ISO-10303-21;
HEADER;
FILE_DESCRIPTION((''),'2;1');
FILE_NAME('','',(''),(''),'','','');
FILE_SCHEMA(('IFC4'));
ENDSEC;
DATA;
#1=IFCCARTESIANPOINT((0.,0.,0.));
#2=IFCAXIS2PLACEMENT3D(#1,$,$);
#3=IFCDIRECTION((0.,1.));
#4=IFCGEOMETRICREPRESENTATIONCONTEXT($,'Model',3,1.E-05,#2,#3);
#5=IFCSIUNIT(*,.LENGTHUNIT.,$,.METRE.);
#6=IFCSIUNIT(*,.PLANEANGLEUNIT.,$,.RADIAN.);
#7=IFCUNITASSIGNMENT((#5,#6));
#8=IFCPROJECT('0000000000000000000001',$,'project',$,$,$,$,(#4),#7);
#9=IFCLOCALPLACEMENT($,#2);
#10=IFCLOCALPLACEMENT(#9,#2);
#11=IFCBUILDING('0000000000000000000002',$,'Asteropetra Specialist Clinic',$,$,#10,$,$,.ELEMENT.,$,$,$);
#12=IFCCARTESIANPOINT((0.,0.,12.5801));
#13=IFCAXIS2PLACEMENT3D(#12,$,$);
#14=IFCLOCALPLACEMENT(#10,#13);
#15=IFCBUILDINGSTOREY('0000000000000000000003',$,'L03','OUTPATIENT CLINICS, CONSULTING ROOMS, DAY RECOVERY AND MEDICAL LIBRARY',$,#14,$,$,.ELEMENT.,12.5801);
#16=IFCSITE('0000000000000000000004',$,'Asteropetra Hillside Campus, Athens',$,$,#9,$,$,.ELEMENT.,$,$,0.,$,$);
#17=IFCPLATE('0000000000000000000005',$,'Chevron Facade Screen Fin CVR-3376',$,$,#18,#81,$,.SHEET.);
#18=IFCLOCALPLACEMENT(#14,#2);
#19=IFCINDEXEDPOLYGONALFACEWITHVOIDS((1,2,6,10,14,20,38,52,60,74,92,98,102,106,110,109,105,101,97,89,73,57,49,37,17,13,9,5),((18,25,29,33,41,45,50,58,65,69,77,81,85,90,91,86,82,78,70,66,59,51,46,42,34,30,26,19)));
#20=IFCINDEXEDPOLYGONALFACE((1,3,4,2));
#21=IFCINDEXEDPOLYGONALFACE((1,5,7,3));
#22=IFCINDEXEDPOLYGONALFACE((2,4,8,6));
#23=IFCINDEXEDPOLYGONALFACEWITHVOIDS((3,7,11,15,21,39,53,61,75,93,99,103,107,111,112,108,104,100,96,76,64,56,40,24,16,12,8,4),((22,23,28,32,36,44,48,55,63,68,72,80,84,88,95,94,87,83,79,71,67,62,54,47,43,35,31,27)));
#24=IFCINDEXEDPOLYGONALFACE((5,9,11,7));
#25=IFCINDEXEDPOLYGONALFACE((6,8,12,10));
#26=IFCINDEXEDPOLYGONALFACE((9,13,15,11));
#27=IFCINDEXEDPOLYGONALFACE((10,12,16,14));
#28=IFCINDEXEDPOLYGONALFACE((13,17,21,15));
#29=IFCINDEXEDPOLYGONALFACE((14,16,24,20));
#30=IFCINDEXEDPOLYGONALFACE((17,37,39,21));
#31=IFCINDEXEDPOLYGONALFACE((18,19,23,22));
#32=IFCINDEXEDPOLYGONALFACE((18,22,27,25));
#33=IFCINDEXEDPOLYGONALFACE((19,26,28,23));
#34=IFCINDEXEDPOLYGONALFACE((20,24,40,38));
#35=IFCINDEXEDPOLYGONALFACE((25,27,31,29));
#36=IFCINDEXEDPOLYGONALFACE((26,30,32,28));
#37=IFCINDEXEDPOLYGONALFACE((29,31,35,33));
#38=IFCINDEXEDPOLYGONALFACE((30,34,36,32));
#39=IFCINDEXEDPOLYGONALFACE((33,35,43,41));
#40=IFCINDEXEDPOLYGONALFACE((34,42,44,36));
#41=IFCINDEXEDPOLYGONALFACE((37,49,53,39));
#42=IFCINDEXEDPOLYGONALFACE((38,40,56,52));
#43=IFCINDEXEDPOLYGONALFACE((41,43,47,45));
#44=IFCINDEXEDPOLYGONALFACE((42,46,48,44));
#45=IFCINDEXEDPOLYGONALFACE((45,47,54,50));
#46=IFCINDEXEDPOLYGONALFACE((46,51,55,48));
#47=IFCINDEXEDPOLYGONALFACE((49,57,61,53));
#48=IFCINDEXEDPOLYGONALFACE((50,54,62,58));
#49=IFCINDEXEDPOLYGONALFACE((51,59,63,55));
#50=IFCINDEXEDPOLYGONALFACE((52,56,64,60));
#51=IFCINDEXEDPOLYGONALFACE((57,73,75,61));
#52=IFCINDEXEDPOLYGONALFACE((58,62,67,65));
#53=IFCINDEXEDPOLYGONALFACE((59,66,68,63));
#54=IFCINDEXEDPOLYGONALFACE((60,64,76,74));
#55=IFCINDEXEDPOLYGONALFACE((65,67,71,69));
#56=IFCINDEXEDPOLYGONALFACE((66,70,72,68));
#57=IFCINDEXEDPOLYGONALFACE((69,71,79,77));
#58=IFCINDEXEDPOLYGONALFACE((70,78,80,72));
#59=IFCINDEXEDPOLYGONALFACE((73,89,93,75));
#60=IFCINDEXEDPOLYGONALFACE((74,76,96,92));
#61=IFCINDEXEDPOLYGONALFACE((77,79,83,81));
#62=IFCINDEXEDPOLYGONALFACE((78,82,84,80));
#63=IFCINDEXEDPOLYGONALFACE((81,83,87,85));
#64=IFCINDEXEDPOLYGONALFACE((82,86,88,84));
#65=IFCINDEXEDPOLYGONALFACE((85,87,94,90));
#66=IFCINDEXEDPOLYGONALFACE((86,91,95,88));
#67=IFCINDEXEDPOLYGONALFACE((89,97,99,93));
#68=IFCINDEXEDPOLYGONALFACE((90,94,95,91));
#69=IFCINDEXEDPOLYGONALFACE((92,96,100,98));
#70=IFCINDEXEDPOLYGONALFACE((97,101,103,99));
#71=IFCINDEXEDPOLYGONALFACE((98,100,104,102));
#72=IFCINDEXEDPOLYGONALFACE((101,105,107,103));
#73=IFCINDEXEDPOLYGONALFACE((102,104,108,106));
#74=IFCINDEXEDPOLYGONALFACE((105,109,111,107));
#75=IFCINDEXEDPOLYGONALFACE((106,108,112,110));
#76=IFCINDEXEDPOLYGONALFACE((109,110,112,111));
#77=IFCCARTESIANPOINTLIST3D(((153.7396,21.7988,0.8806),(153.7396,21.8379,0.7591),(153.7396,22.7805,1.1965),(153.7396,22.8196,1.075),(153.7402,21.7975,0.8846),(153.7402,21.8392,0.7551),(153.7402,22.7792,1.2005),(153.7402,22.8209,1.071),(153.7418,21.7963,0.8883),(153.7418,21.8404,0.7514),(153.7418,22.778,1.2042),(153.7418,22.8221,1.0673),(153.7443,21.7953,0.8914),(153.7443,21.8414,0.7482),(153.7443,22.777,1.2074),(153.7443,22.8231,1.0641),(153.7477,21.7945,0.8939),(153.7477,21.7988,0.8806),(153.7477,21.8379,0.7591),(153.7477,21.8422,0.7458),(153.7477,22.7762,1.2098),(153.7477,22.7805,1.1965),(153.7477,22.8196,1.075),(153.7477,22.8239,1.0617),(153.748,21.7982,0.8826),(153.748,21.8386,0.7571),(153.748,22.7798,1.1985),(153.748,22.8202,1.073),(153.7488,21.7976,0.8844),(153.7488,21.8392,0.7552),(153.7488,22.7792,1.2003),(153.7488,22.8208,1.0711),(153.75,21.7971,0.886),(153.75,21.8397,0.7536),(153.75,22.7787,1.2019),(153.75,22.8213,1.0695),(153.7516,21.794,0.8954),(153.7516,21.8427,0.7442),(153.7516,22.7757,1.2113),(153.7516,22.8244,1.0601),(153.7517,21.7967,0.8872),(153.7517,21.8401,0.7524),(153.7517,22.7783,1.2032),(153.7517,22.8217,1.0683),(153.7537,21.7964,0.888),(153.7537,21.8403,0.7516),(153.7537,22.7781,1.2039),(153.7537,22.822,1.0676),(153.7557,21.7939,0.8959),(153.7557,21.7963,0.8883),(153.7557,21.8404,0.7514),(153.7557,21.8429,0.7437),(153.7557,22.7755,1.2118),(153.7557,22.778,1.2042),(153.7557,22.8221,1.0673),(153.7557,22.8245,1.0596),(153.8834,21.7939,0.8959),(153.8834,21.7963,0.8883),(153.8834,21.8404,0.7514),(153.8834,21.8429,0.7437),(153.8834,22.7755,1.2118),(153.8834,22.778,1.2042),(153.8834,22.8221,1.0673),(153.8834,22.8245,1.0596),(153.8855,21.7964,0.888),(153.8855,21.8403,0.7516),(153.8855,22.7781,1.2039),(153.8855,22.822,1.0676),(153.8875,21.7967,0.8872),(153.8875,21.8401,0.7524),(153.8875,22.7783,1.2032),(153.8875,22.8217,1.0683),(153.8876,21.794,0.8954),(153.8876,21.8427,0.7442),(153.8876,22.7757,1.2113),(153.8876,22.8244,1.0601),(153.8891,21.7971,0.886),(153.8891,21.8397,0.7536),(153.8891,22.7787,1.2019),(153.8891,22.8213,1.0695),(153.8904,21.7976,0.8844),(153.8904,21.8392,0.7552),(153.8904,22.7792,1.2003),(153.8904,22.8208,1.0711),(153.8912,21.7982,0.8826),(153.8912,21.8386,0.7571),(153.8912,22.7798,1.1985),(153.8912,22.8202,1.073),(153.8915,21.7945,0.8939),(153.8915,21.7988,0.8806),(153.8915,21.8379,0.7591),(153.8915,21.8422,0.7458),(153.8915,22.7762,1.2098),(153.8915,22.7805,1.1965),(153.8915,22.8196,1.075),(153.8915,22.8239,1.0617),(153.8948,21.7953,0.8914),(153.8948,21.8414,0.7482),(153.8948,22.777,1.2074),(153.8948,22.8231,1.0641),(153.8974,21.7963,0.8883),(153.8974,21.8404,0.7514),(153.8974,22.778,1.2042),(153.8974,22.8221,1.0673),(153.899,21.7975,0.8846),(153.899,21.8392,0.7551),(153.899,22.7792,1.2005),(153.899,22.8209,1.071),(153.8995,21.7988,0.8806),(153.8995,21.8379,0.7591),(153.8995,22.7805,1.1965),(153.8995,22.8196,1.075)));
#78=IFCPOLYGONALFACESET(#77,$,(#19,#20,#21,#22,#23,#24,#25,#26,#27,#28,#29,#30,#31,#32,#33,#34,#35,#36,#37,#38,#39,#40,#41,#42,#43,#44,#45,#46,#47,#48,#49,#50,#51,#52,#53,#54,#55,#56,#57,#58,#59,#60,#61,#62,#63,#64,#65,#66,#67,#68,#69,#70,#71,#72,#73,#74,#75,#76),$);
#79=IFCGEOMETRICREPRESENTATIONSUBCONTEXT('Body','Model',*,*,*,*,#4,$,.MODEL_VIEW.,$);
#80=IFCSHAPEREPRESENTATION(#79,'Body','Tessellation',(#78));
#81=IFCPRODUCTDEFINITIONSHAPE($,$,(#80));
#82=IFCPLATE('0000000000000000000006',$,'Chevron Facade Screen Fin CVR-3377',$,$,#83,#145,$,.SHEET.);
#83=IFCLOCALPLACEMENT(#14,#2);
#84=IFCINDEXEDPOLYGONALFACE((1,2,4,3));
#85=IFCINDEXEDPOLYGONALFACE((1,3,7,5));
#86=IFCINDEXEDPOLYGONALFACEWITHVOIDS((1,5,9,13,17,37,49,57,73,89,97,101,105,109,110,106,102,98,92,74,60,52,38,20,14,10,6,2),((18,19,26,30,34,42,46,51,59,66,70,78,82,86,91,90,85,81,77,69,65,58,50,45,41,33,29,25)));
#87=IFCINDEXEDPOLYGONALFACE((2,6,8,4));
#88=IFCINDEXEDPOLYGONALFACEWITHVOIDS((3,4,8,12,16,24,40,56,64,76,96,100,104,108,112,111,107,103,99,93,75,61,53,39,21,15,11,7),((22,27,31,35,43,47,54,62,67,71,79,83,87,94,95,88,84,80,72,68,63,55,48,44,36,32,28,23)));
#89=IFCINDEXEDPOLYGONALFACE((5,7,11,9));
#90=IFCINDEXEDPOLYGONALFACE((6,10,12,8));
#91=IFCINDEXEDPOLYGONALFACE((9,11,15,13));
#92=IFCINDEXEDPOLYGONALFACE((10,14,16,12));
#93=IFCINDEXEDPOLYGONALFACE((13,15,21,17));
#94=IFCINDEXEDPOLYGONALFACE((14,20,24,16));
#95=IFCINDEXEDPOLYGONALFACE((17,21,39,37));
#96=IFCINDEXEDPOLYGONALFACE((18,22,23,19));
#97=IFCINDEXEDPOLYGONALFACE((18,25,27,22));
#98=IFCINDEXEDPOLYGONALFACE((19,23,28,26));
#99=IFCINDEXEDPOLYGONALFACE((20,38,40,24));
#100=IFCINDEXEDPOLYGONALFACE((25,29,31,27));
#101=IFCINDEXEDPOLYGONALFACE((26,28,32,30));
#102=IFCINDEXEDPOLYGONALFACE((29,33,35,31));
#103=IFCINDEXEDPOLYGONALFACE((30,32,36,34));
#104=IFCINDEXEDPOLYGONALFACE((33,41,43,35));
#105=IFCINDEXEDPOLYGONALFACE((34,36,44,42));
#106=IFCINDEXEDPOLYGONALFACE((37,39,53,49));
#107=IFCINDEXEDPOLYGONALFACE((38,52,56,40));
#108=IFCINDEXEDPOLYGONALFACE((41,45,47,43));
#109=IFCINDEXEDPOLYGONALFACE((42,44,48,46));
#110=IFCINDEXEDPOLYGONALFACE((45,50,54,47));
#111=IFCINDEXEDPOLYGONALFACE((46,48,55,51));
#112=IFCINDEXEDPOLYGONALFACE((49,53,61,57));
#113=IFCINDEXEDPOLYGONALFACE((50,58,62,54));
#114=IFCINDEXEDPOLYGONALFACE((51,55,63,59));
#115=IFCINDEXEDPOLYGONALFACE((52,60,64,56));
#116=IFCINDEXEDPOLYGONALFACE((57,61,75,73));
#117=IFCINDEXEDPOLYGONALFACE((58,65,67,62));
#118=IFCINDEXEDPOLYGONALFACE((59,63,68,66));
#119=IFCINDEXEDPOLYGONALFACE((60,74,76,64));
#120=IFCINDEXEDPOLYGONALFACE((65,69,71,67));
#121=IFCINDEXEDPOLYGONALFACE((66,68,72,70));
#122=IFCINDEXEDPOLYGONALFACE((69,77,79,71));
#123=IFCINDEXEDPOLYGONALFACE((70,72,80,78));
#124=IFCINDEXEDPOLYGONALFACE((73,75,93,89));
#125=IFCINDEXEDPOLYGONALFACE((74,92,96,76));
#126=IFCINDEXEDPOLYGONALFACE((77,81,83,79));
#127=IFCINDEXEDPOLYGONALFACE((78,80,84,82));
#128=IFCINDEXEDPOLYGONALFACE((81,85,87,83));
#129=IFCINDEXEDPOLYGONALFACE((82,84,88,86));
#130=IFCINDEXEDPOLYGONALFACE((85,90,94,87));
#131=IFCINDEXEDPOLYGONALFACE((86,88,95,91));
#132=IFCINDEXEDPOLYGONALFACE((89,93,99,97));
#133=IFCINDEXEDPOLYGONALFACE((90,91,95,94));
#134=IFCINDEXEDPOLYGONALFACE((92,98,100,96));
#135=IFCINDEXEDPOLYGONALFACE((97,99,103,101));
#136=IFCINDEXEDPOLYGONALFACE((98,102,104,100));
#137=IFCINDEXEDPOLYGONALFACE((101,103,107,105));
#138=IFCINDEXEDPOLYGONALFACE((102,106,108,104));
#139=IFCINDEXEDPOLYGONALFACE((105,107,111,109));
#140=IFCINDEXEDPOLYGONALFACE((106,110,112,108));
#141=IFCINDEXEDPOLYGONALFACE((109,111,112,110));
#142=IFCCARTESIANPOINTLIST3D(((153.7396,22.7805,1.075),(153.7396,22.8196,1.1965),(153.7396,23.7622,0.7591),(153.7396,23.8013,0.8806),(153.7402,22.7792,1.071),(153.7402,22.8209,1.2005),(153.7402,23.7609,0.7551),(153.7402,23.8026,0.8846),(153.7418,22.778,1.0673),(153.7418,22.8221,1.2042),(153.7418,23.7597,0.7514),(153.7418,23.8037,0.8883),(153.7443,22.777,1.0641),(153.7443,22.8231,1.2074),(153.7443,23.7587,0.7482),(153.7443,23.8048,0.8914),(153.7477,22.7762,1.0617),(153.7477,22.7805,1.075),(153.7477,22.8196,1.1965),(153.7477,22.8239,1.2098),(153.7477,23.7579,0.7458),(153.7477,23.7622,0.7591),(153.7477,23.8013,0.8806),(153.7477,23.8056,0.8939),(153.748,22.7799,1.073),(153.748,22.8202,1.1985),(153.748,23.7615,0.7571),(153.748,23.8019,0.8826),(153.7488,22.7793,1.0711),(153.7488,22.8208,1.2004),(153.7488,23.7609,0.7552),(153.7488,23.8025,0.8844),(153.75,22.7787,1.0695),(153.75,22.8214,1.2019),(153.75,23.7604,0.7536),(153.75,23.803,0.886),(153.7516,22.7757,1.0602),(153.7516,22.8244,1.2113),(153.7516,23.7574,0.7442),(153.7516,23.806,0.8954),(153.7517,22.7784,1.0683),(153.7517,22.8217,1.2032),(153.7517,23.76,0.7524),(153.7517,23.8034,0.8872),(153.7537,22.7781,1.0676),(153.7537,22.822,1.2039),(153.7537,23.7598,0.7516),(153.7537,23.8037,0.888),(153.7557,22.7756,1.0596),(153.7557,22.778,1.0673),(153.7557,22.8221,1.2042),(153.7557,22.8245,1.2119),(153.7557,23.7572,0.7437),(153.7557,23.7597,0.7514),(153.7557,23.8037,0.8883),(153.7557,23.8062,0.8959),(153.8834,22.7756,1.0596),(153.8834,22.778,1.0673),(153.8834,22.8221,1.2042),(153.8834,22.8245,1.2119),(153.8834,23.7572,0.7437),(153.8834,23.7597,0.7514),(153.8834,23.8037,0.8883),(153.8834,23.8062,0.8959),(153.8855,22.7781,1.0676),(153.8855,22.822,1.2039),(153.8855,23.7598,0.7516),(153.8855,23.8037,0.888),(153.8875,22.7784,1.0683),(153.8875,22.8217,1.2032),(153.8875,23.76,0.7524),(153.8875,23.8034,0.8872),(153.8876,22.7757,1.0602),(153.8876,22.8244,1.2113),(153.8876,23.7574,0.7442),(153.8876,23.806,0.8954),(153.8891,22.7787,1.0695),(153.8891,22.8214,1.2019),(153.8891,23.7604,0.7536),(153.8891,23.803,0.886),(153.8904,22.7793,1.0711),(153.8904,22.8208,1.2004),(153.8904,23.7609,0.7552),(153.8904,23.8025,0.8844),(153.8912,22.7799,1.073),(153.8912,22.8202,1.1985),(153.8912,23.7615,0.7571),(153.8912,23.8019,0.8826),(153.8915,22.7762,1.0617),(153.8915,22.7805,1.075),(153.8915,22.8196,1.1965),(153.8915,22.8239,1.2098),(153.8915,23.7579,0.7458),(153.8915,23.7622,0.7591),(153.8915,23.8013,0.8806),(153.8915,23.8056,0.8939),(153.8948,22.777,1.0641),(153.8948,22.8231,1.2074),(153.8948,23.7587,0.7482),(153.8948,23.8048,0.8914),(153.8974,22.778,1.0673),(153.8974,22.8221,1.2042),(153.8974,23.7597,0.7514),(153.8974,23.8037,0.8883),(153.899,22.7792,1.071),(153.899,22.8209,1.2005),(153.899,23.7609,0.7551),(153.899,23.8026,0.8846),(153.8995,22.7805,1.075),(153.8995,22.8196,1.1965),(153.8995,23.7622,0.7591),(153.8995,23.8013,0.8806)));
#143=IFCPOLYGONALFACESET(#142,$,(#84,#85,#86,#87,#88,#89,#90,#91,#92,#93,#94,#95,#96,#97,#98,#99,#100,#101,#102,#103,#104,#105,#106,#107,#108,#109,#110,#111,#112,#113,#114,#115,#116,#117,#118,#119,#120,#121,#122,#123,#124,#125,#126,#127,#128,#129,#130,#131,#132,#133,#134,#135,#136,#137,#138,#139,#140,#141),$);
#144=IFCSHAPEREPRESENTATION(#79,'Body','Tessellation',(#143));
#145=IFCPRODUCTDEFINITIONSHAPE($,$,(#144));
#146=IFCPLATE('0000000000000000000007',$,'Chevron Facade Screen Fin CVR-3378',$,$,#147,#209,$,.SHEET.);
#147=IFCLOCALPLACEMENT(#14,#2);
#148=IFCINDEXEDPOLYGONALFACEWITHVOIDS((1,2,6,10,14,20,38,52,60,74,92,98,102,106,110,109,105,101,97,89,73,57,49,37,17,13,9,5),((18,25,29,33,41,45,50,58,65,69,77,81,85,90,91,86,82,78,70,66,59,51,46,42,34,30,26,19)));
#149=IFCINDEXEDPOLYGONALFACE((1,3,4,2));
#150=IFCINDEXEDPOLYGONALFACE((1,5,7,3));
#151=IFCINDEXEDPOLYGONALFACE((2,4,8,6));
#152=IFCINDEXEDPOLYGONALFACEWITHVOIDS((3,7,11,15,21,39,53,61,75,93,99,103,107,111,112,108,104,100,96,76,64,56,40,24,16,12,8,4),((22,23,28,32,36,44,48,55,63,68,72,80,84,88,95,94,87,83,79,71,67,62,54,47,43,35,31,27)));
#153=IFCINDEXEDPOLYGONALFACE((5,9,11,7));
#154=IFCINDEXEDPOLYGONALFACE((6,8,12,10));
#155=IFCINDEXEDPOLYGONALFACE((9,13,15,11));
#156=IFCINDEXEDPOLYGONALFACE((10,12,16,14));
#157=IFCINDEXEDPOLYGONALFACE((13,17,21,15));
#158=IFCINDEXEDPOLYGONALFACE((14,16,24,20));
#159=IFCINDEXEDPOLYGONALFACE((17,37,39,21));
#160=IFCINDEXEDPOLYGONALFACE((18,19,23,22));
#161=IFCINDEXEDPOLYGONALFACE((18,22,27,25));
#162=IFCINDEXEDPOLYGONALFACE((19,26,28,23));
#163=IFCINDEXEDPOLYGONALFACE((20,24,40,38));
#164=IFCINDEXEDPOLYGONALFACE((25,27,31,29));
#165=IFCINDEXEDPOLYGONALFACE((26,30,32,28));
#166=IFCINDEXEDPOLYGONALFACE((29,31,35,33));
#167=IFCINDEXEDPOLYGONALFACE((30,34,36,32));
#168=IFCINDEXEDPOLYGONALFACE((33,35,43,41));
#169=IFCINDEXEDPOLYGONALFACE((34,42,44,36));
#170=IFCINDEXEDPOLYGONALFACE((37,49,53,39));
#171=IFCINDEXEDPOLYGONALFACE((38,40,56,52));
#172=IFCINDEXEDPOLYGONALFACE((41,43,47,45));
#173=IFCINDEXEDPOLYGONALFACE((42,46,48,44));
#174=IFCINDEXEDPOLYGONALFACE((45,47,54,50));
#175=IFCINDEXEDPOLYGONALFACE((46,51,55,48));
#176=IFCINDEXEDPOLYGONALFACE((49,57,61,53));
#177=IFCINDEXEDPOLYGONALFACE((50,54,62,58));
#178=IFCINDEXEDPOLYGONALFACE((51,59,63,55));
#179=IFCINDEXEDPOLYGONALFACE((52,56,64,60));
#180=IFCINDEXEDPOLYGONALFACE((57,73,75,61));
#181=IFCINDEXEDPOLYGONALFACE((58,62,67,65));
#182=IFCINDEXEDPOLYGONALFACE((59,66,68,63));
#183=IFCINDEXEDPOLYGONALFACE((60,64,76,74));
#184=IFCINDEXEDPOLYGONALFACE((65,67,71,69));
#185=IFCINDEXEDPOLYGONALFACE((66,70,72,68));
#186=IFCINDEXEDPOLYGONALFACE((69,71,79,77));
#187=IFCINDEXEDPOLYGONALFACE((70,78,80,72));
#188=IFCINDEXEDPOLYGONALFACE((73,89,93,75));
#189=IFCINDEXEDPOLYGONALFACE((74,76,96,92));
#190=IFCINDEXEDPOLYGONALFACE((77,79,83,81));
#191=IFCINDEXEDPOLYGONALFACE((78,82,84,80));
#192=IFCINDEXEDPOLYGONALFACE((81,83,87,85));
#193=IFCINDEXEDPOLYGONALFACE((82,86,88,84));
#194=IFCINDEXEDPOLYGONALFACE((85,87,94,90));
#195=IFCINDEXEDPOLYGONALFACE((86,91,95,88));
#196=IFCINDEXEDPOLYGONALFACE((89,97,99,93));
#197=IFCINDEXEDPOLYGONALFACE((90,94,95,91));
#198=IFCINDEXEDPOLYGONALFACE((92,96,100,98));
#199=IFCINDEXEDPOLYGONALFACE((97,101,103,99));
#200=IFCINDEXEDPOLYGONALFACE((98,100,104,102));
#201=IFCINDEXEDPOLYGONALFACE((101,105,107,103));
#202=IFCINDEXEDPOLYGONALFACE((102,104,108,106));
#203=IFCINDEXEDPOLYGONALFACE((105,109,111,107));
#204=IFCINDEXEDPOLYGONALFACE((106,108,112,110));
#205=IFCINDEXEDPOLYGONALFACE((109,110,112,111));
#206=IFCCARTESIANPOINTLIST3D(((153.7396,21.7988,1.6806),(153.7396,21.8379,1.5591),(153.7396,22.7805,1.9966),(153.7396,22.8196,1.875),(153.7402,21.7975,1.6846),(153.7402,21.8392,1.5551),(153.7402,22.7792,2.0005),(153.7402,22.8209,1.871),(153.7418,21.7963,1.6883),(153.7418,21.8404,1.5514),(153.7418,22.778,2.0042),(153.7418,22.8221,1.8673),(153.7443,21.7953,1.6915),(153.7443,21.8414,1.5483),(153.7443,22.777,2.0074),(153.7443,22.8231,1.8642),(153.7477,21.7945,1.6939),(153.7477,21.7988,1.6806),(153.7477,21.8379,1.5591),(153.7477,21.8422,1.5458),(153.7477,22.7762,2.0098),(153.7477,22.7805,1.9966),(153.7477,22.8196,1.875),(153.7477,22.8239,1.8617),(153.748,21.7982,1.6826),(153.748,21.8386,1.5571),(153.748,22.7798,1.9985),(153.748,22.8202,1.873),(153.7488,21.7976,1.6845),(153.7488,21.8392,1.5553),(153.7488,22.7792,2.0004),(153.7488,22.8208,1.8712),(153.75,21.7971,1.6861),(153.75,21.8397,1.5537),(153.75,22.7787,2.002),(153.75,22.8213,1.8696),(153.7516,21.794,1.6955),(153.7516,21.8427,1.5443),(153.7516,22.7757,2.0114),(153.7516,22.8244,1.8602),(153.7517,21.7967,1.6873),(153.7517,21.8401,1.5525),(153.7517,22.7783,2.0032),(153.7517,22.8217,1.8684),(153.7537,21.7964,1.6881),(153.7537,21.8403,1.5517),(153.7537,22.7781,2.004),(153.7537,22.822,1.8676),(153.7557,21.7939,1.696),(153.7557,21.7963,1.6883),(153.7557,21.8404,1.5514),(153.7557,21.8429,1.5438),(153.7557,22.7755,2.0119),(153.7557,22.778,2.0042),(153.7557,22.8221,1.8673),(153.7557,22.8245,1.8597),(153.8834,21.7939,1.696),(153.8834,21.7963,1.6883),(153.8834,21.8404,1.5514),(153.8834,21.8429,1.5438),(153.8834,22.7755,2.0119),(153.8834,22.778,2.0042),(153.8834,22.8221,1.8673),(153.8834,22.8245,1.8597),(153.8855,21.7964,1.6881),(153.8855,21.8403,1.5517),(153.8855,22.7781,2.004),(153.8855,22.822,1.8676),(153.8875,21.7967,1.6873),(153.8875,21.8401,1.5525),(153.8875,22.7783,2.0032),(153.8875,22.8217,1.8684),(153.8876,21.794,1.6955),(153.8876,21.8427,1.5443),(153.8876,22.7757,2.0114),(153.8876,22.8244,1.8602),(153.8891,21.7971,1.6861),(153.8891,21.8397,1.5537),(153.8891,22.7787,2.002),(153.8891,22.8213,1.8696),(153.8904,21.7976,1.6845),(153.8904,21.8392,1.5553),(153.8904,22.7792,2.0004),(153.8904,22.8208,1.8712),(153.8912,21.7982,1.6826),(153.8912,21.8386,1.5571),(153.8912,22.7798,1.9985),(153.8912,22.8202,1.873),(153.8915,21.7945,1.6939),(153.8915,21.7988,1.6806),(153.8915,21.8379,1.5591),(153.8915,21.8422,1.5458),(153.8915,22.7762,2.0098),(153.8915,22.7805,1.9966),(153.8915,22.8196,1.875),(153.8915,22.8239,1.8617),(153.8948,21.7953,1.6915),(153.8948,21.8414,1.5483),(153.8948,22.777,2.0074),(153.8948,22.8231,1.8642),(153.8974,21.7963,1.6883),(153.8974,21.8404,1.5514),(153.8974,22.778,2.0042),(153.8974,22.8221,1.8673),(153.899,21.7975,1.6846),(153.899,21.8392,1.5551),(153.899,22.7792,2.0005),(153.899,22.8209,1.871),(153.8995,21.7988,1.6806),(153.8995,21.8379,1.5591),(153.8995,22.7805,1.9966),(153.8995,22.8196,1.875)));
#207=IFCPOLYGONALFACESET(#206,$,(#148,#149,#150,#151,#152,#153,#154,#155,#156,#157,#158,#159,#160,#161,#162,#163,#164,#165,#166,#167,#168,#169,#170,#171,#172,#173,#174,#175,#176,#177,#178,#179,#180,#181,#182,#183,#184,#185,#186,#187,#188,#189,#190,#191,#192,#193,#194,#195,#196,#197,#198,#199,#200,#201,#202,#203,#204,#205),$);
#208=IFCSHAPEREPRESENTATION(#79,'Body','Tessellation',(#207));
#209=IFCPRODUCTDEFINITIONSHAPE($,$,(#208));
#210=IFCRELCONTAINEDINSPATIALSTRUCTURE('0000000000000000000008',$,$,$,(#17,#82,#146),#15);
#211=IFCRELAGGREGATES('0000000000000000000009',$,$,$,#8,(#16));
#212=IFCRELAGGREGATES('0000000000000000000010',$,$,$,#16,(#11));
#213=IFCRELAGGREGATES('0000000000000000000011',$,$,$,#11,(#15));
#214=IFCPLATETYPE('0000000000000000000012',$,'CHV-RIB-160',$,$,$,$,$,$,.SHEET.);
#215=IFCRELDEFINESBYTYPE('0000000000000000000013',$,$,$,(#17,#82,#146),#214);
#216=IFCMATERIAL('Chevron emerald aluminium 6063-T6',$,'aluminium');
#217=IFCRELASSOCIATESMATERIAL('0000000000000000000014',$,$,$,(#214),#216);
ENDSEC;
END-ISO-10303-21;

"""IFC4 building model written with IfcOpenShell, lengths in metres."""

from ifc_helpers import new_model, si_unit, direction, frame, origin, origin_2d, place, context, subcontext, project, spatial, hollow_rectangle, extrude, material, material_profile, profile_set, type_object, element, save


model = new_model("IFC4")

# Units and contexts
model_context = context("Model", 3, precision=1e-05, world=origin(), true_north=direction((0.0, 1.0)))
body_context = subcontext(model_context, "Body", "Model", "MODEL_VIEW")
ifc_project = project(units=[si_unit("LENGTHUNIT", "METRE"), si_unit("PLANEANGLEUNIT", "RADIAN")], contexts=[model_context])

# Site, building, storey
site_placement = place(None, origin())
site = spatial("IfcSite", under=ifc_project, at=site_placement, Name="Asteropetra Hillside Campus, Athens", CompositionType="ELEMENT", RefElevation=0.0)
building_placement = place(site_placement, origin())
building = spatial("IfcBuilding", under=site, at=building_placement, Name="Asteropetra Specialist Clinic", CompositionType="ELEMENT")
storey_placement = place(building_placement, frame((0.0, 0.0, 12.5801)))
storey = spatial("IfcBuildingStorey", under=building, at=storey_placement, Name="L03", Description="OUTPATIENT CLINICS, CONSULTING ROOMS, DAY RECOVERY AND MEDICAL LIBRARY", CompositionType="ELEMENT", Elevation=12.5801)

# Plates
ifc_material_1 = material(Name="Chevron emerald aluminium 6063-T6", Category="aluminium")
ifc_material_profile = material_profile(ifc_material_1, hollow_rectangle(XDim=0.1599, YDim=0.1599, WallThickness=0.0081, InnerFilletRadius=0.0081, OuterFilletRadius=0.0161, at=origin_2d()), Name="SHS 160x160x8.0")
ifc_profile_set = profile_set([ifc_material_profile], Name="Chevron emerald aluminium 6063-T6")
plate_type_1 = type_object("IfcPlateType", Name="CHV-RIB-160", PredefinedType="SHEET", material=ifc_profile_set)
for number, where, z_axis, x_axis, name in (
    (1, (153.8196, 21.8184, 0.8198), (0.0, 0.951923, 0.306339), (-1.0, 0.0, 0.0), "Chevron Facade Screen Fin CVR-3376"),
    (2, (153.8196, 22.8, 1.1357), (0.0, 0.951923, -0.306339), (-1.0, 0.0, 0.0), "Chevron Facade Screen Fin CVR-3377"),
    (3, (153.8196, 21.8184, 1.6199), (0.0, 0.951923, 0.306339), (-1.0, 0.0, 0.0), "Chevron Facade Screen Fin CVR-3378"),
):
    element("IfcPlate", number, at=place(storey_placement, frame(where, z_axis=z_axis, x_axis=x_axis)), inside=storey, type_object=plate_type_1, Name=name, PredefinedType="SHEET", context=body_context, shape_type="SweptSolid", body=[
        extrude(hollow_rectangle(XDim=0.1599, YDim=0.1599, WallThickness=0.0081, InnerFilletRadius=0.0081, OuterFilletRadius=0.0161, at=origin_2d()), origin(), (0.0, 0.0, 1.0), 1.0312),
    ])

save(model, "model.ifc")
